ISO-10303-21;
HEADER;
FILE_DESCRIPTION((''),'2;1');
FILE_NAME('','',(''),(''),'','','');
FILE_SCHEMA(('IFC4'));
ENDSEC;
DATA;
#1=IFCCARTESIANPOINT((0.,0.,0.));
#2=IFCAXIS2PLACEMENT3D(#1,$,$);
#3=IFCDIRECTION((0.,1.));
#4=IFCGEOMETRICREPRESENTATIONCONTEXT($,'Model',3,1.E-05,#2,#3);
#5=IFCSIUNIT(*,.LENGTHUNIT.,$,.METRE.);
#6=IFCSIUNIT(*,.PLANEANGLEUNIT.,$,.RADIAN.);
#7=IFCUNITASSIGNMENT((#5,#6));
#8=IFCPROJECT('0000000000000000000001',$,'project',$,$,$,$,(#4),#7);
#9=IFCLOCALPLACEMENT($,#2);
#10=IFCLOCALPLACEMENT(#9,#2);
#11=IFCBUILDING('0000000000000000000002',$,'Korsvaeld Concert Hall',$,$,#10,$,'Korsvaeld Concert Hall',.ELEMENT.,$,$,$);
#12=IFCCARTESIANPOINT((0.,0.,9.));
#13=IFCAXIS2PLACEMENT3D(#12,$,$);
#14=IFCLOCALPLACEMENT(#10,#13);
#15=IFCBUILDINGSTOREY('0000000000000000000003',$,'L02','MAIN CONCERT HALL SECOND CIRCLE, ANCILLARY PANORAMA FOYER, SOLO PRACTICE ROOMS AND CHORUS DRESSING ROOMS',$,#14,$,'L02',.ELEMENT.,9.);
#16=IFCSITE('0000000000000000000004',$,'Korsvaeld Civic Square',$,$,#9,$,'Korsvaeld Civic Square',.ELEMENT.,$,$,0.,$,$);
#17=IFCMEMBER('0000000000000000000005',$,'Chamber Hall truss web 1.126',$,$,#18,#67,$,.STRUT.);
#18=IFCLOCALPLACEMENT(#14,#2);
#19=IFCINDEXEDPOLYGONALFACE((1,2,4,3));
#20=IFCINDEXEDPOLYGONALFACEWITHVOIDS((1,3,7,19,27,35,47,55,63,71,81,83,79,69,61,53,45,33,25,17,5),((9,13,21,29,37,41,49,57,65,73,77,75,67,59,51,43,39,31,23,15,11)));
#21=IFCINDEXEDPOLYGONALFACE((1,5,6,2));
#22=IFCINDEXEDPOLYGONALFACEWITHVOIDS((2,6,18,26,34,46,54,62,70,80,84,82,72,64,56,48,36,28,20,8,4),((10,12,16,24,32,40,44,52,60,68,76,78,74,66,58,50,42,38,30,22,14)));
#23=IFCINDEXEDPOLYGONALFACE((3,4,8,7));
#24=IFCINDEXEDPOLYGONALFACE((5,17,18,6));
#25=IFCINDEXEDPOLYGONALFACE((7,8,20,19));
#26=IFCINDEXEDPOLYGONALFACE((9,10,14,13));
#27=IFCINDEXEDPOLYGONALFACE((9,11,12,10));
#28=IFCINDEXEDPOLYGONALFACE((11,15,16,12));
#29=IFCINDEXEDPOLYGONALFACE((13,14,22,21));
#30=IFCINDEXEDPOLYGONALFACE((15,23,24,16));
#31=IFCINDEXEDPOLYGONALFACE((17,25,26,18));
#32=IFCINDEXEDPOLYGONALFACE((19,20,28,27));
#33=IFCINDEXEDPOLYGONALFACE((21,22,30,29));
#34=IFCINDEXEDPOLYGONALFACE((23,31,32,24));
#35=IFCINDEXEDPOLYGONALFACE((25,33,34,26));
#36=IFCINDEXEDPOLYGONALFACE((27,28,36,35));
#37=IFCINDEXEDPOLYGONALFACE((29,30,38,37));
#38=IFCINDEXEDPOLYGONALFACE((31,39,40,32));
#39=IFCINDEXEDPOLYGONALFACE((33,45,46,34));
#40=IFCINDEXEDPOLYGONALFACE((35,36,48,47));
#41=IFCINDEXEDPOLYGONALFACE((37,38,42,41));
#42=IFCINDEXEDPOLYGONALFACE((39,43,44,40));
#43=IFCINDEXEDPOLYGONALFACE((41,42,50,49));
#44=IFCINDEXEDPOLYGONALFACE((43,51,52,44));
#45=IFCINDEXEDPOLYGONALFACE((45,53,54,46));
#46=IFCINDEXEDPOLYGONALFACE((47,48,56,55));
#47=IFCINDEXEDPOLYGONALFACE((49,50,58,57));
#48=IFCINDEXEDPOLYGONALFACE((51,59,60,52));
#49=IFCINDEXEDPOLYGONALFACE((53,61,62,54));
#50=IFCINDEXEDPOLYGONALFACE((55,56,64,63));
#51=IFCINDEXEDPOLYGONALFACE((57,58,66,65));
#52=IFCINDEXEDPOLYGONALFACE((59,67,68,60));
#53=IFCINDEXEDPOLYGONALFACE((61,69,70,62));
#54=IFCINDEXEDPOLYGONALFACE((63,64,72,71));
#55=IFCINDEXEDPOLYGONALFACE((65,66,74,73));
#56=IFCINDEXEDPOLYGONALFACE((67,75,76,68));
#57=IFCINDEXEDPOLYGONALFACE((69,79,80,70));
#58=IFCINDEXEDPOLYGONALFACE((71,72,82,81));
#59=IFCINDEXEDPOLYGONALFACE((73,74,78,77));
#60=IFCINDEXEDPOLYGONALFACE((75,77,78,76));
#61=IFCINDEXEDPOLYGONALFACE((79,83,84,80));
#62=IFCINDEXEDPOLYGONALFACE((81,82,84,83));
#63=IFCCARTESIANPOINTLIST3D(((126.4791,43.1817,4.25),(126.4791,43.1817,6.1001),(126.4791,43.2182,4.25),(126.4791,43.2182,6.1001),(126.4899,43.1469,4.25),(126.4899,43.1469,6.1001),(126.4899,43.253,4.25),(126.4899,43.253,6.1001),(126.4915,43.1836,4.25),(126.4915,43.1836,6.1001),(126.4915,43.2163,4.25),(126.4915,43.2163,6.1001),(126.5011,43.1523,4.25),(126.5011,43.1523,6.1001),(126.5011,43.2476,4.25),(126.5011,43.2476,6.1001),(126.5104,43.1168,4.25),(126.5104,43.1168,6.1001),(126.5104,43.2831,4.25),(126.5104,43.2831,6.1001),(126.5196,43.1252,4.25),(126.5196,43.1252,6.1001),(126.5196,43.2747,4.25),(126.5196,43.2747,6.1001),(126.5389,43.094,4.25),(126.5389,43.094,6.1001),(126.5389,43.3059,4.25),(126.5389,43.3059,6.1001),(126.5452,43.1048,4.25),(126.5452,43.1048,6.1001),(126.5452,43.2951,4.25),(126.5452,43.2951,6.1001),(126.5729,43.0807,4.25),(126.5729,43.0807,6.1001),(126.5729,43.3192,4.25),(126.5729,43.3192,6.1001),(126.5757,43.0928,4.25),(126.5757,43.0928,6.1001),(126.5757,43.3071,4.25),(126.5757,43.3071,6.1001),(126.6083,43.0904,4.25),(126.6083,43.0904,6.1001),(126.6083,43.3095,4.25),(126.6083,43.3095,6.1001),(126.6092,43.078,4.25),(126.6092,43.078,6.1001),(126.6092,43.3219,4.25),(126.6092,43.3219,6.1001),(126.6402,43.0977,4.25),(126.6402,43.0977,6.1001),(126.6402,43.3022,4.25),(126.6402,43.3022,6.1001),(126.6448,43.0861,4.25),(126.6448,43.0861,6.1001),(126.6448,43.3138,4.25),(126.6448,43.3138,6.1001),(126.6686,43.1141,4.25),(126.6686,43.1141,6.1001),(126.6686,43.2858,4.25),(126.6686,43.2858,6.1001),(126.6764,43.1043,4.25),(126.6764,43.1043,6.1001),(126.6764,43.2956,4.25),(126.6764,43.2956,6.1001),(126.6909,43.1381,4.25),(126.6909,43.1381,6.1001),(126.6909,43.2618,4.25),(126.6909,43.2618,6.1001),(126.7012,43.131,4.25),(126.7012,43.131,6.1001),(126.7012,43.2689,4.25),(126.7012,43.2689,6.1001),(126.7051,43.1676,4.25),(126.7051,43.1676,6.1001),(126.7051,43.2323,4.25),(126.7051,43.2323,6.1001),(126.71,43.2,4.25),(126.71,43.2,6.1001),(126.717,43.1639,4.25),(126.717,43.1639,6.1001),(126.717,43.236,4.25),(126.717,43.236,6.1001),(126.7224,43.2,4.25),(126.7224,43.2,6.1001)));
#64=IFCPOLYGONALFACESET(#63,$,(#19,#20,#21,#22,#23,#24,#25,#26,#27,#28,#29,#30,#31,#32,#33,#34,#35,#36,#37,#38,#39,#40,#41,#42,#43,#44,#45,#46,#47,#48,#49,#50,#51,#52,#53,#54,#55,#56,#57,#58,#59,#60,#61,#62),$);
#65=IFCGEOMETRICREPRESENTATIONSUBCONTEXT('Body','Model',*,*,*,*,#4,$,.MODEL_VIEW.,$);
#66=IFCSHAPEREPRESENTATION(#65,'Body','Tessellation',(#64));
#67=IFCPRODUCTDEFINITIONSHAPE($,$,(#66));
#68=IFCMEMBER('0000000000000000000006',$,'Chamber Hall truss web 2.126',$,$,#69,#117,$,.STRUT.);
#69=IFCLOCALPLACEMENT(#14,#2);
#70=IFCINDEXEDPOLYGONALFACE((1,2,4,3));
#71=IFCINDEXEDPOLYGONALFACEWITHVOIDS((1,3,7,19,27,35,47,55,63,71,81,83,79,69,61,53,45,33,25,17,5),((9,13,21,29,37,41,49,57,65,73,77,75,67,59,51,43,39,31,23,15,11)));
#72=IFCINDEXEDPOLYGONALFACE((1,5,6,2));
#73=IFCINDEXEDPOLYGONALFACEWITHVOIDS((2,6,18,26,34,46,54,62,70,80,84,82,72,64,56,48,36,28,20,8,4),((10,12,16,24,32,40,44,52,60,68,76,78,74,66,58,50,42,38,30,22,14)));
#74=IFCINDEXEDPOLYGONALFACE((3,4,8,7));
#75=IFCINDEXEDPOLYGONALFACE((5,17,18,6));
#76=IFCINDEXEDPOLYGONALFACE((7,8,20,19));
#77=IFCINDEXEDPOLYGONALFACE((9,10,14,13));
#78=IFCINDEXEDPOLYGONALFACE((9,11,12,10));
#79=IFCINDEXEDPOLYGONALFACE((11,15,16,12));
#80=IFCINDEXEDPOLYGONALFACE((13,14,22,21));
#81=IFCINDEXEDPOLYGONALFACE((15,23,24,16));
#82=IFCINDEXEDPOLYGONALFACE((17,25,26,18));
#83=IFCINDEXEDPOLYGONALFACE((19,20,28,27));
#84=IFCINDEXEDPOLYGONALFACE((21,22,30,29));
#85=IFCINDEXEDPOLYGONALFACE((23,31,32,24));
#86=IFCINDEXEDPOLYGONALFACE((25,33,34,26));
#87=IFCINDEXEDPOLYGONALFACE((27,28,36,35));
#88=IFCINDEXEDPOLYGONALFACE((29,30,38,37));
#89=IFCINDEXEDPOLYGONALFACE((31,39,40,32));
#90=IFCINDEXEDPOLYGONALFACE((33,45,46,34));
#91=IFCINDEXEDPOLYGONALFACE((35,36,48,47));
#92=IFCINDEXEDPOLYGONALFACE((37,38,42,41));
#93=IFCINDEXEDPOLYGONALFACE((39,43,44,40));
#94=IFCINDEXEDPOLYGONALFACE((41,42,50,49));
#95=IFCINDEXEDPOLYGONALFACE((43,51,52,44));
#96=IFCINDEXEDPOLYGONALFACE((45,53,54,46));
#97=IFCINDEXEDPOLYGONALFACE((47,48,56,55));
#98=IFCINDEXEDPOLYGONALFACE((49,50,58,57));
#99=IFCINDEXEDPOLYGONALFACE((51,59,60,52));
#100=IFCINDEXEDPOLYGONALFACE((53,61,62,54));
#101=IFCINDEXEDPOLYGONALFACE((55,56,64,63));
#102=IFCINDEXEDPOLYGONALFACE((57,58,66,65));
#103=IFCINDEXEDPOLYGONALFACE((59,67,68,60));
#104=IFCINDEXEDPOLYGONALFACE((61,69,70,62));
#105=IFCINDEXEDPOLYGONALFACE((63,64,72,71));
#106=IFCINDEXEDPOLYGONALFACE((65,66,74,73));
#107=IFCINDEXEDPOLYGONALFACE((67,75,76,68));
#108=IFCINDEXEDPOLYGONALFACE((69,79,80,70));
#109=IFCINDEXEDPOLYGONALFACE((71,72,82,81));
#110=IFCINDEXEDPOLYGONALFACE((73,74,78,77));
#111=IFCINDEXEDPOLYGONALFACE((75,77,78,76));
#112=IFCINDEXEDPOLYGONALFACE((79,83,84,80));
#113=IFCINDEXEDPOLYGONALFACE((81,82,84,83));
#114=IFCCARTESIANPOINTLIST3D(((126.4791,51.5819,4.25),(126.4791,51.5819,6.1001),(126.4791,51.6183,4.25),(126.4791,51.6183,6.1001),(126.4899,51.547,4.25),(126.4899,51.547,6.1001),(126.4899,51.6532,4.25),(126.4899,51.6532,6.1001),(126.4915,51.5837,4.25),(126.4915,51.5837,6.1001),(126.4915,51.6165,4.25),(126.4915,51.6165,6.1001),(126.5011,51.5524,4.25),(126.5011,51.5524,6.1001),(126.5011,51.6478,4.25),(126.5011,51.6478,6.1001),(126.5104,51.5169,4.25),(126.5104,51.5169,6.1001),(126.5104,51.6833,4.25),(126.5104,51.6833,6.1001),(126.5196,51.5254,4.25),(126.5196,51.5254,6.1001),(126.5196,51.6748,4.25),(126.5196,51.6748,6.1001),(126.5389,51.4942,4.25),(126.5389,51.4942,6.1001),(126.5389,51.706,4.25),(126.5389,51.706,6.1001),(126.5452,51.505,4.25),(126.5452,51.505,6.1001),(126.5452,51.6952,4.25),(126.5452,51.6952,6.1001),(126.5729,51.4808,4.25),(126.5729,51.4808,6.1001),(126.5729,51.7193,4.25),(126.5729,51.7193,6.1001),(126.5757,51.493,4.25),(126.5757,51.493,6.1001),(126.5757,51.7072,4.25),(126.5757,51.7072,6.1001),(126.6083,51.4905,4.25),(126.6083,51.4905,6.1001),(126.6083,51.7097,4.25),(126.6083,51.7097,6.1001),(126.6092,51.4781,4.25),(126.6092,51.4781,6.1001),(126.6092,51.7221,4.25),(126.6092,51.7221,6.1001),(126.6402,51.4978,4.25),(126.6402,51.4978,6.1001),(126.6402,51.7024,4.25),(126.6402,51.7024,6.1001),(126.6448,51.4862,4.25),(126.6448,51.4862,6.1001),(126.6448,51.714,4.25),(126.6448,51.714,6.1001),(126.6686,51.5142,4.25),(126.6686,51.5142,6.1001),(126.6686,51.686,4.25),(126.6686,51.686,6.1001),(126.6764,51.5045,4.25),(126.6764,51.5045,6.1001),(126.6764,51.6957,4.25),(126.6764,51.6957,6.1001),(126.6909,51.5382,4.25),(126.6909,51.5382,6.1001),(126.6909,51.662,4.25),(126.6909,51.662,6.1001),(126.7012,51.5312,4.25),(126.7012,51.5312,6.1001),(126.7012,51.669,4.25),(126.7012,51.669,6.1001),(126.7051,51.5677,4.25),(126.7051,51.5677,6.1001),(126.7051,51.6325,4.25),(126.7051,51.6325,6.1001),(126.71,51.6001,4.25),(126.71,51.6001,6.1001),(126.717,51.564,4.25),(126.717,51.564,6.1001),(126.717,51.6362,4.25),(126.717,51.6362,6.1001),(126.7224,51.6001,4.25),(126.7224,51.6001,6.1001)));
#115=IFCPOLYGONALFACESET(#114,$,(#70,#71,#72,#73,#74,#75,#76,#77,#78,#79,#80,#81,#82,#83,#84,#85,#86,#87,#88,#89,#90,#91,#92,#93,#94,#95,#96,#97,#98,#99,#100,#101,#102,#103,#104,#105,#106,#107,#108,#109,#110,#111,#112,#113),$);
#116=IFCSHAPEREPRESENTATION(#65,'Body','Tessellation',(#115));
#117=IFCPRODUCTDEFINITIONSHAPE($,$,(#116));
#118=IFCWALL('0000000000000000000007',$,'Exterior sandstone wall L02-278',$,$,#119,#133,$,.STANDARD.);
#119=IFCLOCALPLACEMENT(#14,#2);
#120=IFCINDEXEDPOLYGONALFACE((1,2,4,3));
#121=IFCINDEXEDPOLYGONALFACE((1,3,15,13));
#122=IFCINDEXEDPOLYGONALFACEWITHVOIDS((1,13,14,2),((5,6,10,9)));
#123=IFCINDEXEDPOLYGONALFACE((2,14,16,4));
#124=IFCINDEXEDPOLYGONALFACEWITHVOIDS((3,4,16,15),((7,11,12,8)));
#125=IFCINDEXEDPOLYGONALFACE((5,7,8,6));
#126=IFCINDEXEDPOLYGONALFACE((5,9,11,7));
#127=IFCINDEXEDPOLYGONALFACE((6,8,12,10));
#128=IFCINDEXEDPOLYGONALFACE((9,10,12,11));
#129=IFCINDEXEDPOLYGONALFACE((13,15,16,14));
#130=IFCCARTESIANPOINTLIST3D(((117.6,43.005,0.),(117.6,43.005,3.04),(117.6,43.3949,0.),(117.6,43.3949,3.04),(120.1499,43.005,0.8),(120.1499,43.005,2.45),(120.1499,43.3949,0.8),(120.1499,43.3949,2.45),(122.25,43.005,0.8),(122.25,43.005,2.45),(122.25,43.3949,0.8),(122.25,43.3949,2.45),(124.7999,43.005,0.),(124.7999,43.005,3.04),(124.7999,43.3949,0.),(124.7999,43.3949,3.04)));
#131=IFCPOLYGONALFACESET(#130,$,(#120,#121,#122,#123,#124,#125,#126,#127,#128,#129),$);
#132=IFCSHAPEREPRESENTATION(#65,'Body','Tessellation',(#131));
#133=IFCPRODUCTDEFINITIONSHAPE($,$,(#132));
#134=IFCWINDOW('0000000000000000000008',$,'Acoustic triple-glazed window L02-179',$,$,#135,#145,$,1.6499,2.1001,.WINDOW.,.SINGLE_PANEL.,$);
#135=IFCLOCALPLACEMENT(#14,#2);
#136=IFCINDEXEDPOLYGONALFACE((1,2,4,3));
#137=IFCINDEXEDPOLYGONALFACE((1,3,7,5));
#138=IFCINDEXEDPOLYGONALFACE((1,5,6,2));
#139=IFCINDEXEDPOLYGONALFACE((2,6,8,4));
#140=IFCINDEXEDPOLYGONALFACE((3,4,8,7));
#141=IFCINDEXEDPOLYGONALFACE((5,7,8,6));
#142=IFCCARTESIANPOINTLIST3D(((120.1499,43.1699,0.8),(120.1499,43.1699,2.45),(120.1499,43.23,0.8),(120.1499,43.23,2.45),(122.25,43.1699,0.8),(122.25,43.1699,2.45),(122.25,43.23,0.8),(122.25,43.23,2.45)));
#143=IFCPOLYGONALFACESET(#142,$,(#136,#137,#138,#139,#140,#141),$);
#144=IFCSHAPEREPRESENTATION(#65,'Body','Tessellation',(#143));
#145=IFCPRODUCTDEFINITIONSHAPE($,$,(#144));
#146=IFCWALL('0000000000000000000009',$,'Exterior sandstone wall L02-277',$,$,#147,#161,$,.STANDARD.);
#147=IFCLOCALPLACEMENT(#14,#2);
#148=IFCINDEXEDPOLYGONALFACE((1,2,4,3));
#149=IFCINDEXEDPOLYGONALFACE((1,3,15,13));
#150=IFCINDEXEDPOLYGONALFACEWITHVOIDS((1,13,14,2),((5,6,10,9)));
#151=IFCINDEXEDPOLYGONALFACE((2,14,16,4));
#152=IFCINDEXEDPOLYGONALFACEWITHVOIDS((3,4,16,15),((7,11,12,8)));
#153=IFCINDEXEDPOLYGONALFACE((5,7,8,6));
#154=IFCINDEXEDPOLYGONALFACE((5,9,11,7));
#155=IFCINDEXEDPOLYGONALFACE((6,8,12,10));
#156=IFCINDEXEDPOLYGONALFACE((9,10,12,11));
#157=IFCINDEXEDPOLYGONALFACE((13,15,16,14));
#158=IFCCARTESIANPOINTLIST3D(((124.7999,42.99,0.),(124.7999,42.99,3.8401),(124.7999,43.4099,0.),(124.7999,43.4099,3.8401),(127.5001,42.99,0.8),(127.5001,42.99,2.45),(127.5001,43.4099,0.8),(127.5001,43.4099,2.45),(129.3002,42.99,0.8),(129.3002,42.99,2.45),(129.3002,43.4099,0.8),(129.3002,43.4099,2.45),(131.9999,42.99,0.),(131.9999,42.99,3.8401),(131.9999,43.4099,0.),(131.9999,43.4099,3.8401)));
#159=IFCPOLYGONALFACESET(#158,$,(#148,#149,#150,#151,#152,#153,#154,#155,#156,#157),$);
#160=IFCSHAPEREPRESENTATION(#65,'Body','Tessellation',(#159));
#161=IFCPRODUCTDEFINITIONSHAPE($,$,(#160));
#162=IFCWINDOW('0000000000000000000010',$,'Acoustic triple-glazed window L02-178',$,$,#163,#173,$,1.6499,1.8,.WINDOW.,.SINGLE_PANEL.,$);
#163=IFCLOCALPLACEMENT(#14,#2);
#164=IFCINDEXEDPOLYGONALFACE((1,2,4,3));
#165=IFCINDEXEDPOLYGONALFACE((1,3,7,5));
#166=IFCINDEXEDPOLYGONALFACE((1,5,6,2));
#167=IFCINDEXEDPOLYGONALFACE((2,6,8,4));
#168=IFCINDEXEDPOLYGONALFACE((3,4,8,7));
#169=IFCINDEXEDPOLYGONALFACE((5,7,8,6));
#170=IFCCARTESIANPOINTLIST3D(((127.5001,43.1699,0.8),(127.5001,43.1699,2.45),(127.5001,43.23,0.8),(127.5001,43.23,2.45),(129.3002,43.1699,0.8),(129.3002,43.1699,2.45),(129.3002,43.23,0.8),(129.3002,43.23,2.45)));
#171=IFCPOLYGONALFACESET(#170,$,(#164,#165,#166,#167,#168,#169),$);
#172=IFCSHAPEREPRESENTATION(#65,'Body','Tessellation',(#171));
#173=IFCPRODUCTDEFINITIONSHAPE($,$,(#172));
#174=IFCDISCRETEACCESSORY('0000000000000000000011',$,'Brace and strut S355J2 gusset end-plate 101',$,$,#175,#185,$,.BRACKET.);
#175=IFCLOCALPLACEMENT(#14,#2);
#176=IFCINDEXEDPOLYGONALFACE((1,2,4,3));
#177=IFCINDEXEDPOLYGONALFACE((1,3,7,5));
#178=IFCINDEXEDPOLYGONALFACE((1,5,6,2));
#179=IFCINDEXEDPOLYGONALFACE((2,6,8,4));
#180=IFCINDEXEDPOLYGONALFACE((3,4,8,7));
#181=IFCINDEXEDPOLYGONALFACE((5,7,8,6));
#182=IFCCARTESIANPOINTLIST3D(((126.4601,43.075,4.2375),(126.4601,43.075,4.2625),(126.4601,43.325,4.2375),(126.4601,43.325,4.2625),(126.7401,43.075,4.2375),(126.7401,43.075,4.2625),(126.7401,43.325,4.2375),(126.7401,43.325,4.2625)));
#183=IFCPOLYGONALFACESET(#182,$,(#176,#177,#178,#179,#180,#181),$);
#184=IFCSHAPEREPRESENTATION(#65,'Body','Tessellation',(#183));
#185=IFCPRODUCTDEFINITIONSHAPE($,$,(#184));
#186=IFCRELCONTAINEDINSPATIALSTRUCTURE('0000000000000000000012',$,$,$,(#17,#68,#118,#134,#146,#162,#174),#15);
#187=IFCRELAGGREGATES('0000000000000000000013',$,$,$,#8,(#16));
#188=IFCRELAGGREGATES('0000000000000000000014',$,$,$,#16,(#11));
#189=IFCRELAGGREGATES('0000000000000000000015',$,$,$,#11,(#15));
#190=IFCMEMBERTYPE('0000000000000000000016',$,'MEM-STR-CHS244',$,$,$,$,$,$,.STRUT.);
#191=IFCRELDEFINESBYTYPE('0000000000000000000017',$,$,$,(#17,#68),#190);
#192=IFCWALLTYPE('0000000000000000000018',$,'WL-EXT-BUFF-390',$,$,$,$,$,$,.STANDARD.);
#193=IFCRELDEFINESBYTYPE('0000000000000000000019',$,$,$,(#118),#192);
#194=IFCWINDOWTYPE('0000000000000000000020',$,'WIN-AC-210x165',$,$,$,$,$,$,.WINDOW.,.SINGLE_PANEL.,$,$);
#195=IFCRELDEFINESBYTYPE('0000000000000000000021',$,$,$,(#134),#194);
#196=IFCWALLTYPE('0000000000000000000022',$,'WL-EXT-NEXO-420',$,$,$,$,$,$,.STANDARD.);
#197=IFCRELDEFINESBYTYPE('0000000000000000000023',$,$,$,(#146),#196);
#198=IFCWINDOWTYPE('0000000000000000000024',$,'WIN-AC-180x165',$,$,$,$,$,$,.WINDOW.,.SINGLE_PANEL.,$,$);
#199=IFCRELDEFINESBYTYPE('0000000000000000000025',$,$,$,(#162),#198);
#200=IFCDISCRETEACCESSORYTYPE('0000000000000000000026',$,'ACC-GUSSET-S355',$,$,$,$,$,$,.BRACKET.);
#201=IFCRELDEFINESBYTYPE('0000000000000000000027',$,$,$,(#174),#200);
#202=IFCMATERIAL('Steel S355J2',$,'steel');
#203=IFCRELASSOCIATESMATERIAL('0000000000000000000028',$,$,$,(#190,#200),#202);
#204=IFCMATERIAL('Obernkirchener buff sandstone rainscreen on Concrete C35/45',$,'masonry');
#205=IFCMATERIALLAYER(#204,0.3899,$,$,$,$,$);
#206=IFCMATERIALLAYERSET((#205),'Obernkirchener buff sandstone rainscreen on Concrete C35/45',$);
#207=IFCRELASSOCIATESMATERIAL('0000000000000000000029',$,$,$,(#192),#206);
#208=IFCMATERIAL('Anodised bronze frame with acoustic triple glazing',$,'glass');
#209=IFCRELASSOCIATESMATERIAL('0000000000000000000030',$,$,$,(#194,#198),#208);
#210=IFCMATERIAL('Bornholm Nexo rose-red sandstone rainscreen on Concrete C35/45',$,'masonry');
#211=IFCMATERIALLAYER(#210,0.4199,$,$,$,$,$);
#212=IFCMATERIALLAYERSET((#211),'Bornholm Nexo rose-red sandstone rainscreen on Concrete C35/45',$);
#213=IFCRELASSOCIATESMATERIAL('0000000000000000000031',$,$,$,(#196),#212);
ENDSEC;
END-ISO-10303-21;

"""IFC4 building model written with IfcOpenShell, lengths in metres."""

from ifc_helpers import new_model, si_unit, direction, frame, frame_2d, origin, origin_2d, place, context, subcontext, project, spatial, rectangle, hollow_circle, extrude, material, layer, layer_set, material_profile, profile_set, type_object, element, fill, save


model = new_model("IFC4")

# Units and contexts
model_context = context("Model", 3, precision=1e-05, world=origin(), true_north=direction((0.0, 1.0)))
body_context = subcontext(model_context, "Body", "Model", "MODEL_VIEW")
ifc_project = project(units=[si_unit("LENGTHUNIT", "METRE"), si_unit("PLANEANGLEUNIT", "RADIAN")], contexts=[model_context])

# Site, building, storey
site_placement = place(None, origin())
site = spatial("IfcSite", under=ifc_project, at=site_placement, Name="Korsvaeld Civic Square", LongName="Korsvaeld Civic Square", CompositionType="ELEMENT", RefElevation=0.0)
building_placement = place(site_placement, origin())
building = spatial("IfcBuilding", under=site, at=building_placement, Name="Korsvaeld Concert Hall", LongName="Korsvaeld Concert Hall", CompositionType="ELEMENT")
storey_placement = place(building_placement, frame((0.0, 0.0, 9.0)))
storey = spatial("IfcBuildingStorey", under=building, at=storey_placement, Name="L02", Description="MAIN CONCERT HALL SECOND CIRCLE, ANCILLARY PANORAMA FOYER, SOLO PRACTICE ROOMS AND CHORUS DRESSING ROOMS", LongName="L02", CompositionType="ELEMENT", Elevation=9.0)

# Members
ifc_material_1 = material(Name="Steel S355J2", Category="steel")
ifc_material_profile_1 = material_profile(ifc_material_1, hollow_circle(Radius=0.1223, WallThickness=0.0125, at=origin_2d()), Name="CHS 244.5x12.5")
ifc_profile_set_1 = profile_set([ifc_material_profile_1], Name="Steel S355J2")
member_type_1 = type_object("IfcMemberType", Name="MEM-STR-CHS244", PredefinedType="STRUT", material=ifc_profile_set_1)
for number, where, z_axis, x_axis, name in (
    (1, (126.6001, 43.2, 4.25), (0.0, 0.0, 1.0), (1.0, 0.0, 0.0), "Chamber Hall truss web 1.126"),
    (2, (126.6001, 51.6001, 4.25), (0.0, 0.0, 1.0), (1.0, 0.0, 0.0), "Chamber Hall truss web 2.126"),
):
    element("IfcMember", number, at=place(storey_placement, frame(where, z_axis=z_axis, x_axis=x_axis)), inside=storey, type_object=member_type_1, Name=name, PredefinedType="STRUT", context=body_context, shape_type="SweptSolid", body=[
        extrude(hollow_circle(Radius=0.1223, WallThickness=0.0125, at=origin_2d()), origin(), (0.0, 0.0, 1.0), 1.8501),
    ])

# Walls, openings, windows
ifc_material_2 = material(Name="Obernkirchener buff sandstone rainscreen on Concrete C35/45", Category="masonry")
ifc_layer_1 = layer(ifc_material_2, 0.3899)
ifc_layer_set_1 = layer_set([ifc_layer_1], Name="Obernkirchener buff sandstone rainscreen on Concrete C35/45")
wall_type_1 = type_object("IfcWallType", Name="WL-EXT-BUFF-390", PredefinedType="STANDARD", material=ifc_layer_set_1)
wall_1_placement = place(storey_placement, frame((124.8, 43.2, 0.0), z_axis=(0.0, 0.0, 1.0), x_axis=(-1.0, 0.0, 0.0)))
wall_1 = element("IfcWall", 3, at=wall_1_placement, inside=storey, type_object=wall_type_1, Name="Exterior sandstone wall L02-278", PredefinedType="STANDARD", context=body_context, shape_type="SweptSolid", body=[
    extrude(rectangle(XDim=7.2, YDim=0.3899, at=frame_2d((3.6001, 0.0))), origin(), (0.0, 0.0, 1.0), 3.04),
])
opening_1_placement = place(wall_1_placement, frame((2.55, 0.0, 0.8)))
opening_1 = element("IfcOpeningElement", 4, at=opening_1_placement, cuts=wall_1, PredefinedType="OPENING", context=body_context, shape_type="SweptSolid", body=[
    extrude(rectangle(XDim=2.1001, YDim=1.6499, at=frame_2d((1.05, 0.825))), frame((0.0, 0.2051, 0.0), z_axis=(0.0, -1.0, 0.0), x_axis=(1.0, 0.0, 0.0)), (0.0, 0.0, 1.0), 0.4099),
])
ifc_material_3 = material(Name="Anodised bronze frame with acoustic triple glazing", Category="glass")
window_type_1 = type_object("IfcWindowType", Name="WIN-AC-210x165", PartitioningType="SINGLE_PANEL", PredefinedType="WINDOW", material=ifc_material_3)
window_1_placement = place(opening_1_placement, origin())
window_1 = element("IfcWindow", 5, at=window_1_placement, inside=storey, type_object=window_type_1, Name="Acoustic triple-glazed window L02-179", OverallHeight=1.6499, OverallWidth=2.1001, PartitioningType="SINGLE_PANEL", PredefinedType="WINDOW", context=body_context, shape_type="SweptSolid", body=[
    extrude(rectangle(XDim=2.1001, YDim=1.6499, at=frame_2d((1.05, 0.825))), frame((0.0, 0.03, 0.0), z_axis=(0.0, -1.0, 0.0), x_axis=(1.0, 0.0, 0.0)), (0.0, 0.0, 1.0), 0.0601),
])
fill(opening_1, window_1)
ifc_material_4 = material(Name="Bornholm Nexo rose-red sandstone rainscreen on Concrete C35/45", Category="masonry")
ifc_layer_2 = layer(ifc_material_4, 0.4199)
ifc_layer_set_2 = layer_set([ifc_layer_2], Name="Bornholm Nexo rose-red sandstone rainscreen on Concrete C35/45")
wall_type_2 = type_object("IfcWallType", Name="WL-EXT-NEXO-420", PredefinedType="STANDARD", material=ifc_layer_set_2)
wall_2_placement = place(storey_placement, frame((132.0, 43.2, 0.0), z_axis=(0.0, 0.0, 1.0), x_axis=(-1.0, 0.0, 0.0)))
wall_2 = element("IfcWall", 6, at=wall_2_placement, inside=storey, type_object=wall_type_2, Name="Exterior sandstone wall L02-277", PredefinedType="STANDARD", context=body_context, shape_type="SweptSolid", body=[
    extrude(rectangle(XDim=7.2, YDim=0.4199, at=frame_2d((3.6001, 0.0))), origin(), (0.0, 0.0, 1.0), 3.8401),
])
opening_2_placement = place(wall_2_placement, frame((2.7, 0.0, 0.8)))
opening_2 = element("IfcOpeningElement", 7, at=opening_2_placement, cuts=wall_2, PredefinedType="OPENING", context=body_context, shape_type="SweptSolid", body=[
    extrude(rectangle(XDim=1.8, YDim=1.6499, at=frame_2d((0.8999, 0.825))), frame((0.0, 0.22, 0.0), z_axis=(0.0, -1.0, 0.0), x_axis=(1.0, 0.0, 0.0)), (0.0, 0.0, 1.0), 0.4399),
])
window_type_2 = type_object("IfcWindowType", Name="WIN-AC-180x165", PartitioningType="SINGLE_PANEL", PredefinedType="WINDOW", material=ifc_material_3)
window_2_placement = place(opening_2_placement, origin())
window_2 = element("IfcWindow", 8, at=window_2_placement, inside=storey, type_object=window_type_2, Name="Acoustic triple-glazed window L02-178", OverallHeight=1.6499, OverallWidth=1.8, PartitioningType="SINGLE_PANEL", PredefinedType="WINDOW", context=body_context, shape_type="SweptSolid", body=[
    extrude(rectangle(XDim=1.8, YDim=1.6499, at=frame_2d((0.8999, 0.825))), frame((0.0, 0.03, 0.0), z_axis=(0.0, -1.0, 0.0), x_axis=(1.0, 0.0, 0.0)), (0.0, 0.0, 1.0), 0.0601),
])
fill(opening_2, window_2)

# Discrete accessory
discrete_accessory_type = type_object("IfcDiscreteAccessoryType", Name="ACC-GUSSET-S355", PredefinedType="BRACKET", material=ifc_material_1)
for number, where, z_axis, x_axis, name in (
    (9, (126.6001, 43.2, 4.2375), (0.0, 0.0, 1.0), (1.0, 0.0, 0.0), "Brace and strut S355J2 gusset end-plate 101"),
):
    element("IfcDiscreteAccessory", number, at=place(storey_placement, frame(where, z_axis=z_axis, x_axis=x_axis)), inside=storey, type_object=discrete_accessory_type, Name=name, PredefinedType="BRACKET", context=body_context, shape_type="SweptSolid", body=[
        extrude(rectangle(XDim=0.28, YDim=0.25, at=origin_2d()), origin(), (0.0, 0.0, 1.0), 0.0249),
    ])

save(model, "model.ifc")
